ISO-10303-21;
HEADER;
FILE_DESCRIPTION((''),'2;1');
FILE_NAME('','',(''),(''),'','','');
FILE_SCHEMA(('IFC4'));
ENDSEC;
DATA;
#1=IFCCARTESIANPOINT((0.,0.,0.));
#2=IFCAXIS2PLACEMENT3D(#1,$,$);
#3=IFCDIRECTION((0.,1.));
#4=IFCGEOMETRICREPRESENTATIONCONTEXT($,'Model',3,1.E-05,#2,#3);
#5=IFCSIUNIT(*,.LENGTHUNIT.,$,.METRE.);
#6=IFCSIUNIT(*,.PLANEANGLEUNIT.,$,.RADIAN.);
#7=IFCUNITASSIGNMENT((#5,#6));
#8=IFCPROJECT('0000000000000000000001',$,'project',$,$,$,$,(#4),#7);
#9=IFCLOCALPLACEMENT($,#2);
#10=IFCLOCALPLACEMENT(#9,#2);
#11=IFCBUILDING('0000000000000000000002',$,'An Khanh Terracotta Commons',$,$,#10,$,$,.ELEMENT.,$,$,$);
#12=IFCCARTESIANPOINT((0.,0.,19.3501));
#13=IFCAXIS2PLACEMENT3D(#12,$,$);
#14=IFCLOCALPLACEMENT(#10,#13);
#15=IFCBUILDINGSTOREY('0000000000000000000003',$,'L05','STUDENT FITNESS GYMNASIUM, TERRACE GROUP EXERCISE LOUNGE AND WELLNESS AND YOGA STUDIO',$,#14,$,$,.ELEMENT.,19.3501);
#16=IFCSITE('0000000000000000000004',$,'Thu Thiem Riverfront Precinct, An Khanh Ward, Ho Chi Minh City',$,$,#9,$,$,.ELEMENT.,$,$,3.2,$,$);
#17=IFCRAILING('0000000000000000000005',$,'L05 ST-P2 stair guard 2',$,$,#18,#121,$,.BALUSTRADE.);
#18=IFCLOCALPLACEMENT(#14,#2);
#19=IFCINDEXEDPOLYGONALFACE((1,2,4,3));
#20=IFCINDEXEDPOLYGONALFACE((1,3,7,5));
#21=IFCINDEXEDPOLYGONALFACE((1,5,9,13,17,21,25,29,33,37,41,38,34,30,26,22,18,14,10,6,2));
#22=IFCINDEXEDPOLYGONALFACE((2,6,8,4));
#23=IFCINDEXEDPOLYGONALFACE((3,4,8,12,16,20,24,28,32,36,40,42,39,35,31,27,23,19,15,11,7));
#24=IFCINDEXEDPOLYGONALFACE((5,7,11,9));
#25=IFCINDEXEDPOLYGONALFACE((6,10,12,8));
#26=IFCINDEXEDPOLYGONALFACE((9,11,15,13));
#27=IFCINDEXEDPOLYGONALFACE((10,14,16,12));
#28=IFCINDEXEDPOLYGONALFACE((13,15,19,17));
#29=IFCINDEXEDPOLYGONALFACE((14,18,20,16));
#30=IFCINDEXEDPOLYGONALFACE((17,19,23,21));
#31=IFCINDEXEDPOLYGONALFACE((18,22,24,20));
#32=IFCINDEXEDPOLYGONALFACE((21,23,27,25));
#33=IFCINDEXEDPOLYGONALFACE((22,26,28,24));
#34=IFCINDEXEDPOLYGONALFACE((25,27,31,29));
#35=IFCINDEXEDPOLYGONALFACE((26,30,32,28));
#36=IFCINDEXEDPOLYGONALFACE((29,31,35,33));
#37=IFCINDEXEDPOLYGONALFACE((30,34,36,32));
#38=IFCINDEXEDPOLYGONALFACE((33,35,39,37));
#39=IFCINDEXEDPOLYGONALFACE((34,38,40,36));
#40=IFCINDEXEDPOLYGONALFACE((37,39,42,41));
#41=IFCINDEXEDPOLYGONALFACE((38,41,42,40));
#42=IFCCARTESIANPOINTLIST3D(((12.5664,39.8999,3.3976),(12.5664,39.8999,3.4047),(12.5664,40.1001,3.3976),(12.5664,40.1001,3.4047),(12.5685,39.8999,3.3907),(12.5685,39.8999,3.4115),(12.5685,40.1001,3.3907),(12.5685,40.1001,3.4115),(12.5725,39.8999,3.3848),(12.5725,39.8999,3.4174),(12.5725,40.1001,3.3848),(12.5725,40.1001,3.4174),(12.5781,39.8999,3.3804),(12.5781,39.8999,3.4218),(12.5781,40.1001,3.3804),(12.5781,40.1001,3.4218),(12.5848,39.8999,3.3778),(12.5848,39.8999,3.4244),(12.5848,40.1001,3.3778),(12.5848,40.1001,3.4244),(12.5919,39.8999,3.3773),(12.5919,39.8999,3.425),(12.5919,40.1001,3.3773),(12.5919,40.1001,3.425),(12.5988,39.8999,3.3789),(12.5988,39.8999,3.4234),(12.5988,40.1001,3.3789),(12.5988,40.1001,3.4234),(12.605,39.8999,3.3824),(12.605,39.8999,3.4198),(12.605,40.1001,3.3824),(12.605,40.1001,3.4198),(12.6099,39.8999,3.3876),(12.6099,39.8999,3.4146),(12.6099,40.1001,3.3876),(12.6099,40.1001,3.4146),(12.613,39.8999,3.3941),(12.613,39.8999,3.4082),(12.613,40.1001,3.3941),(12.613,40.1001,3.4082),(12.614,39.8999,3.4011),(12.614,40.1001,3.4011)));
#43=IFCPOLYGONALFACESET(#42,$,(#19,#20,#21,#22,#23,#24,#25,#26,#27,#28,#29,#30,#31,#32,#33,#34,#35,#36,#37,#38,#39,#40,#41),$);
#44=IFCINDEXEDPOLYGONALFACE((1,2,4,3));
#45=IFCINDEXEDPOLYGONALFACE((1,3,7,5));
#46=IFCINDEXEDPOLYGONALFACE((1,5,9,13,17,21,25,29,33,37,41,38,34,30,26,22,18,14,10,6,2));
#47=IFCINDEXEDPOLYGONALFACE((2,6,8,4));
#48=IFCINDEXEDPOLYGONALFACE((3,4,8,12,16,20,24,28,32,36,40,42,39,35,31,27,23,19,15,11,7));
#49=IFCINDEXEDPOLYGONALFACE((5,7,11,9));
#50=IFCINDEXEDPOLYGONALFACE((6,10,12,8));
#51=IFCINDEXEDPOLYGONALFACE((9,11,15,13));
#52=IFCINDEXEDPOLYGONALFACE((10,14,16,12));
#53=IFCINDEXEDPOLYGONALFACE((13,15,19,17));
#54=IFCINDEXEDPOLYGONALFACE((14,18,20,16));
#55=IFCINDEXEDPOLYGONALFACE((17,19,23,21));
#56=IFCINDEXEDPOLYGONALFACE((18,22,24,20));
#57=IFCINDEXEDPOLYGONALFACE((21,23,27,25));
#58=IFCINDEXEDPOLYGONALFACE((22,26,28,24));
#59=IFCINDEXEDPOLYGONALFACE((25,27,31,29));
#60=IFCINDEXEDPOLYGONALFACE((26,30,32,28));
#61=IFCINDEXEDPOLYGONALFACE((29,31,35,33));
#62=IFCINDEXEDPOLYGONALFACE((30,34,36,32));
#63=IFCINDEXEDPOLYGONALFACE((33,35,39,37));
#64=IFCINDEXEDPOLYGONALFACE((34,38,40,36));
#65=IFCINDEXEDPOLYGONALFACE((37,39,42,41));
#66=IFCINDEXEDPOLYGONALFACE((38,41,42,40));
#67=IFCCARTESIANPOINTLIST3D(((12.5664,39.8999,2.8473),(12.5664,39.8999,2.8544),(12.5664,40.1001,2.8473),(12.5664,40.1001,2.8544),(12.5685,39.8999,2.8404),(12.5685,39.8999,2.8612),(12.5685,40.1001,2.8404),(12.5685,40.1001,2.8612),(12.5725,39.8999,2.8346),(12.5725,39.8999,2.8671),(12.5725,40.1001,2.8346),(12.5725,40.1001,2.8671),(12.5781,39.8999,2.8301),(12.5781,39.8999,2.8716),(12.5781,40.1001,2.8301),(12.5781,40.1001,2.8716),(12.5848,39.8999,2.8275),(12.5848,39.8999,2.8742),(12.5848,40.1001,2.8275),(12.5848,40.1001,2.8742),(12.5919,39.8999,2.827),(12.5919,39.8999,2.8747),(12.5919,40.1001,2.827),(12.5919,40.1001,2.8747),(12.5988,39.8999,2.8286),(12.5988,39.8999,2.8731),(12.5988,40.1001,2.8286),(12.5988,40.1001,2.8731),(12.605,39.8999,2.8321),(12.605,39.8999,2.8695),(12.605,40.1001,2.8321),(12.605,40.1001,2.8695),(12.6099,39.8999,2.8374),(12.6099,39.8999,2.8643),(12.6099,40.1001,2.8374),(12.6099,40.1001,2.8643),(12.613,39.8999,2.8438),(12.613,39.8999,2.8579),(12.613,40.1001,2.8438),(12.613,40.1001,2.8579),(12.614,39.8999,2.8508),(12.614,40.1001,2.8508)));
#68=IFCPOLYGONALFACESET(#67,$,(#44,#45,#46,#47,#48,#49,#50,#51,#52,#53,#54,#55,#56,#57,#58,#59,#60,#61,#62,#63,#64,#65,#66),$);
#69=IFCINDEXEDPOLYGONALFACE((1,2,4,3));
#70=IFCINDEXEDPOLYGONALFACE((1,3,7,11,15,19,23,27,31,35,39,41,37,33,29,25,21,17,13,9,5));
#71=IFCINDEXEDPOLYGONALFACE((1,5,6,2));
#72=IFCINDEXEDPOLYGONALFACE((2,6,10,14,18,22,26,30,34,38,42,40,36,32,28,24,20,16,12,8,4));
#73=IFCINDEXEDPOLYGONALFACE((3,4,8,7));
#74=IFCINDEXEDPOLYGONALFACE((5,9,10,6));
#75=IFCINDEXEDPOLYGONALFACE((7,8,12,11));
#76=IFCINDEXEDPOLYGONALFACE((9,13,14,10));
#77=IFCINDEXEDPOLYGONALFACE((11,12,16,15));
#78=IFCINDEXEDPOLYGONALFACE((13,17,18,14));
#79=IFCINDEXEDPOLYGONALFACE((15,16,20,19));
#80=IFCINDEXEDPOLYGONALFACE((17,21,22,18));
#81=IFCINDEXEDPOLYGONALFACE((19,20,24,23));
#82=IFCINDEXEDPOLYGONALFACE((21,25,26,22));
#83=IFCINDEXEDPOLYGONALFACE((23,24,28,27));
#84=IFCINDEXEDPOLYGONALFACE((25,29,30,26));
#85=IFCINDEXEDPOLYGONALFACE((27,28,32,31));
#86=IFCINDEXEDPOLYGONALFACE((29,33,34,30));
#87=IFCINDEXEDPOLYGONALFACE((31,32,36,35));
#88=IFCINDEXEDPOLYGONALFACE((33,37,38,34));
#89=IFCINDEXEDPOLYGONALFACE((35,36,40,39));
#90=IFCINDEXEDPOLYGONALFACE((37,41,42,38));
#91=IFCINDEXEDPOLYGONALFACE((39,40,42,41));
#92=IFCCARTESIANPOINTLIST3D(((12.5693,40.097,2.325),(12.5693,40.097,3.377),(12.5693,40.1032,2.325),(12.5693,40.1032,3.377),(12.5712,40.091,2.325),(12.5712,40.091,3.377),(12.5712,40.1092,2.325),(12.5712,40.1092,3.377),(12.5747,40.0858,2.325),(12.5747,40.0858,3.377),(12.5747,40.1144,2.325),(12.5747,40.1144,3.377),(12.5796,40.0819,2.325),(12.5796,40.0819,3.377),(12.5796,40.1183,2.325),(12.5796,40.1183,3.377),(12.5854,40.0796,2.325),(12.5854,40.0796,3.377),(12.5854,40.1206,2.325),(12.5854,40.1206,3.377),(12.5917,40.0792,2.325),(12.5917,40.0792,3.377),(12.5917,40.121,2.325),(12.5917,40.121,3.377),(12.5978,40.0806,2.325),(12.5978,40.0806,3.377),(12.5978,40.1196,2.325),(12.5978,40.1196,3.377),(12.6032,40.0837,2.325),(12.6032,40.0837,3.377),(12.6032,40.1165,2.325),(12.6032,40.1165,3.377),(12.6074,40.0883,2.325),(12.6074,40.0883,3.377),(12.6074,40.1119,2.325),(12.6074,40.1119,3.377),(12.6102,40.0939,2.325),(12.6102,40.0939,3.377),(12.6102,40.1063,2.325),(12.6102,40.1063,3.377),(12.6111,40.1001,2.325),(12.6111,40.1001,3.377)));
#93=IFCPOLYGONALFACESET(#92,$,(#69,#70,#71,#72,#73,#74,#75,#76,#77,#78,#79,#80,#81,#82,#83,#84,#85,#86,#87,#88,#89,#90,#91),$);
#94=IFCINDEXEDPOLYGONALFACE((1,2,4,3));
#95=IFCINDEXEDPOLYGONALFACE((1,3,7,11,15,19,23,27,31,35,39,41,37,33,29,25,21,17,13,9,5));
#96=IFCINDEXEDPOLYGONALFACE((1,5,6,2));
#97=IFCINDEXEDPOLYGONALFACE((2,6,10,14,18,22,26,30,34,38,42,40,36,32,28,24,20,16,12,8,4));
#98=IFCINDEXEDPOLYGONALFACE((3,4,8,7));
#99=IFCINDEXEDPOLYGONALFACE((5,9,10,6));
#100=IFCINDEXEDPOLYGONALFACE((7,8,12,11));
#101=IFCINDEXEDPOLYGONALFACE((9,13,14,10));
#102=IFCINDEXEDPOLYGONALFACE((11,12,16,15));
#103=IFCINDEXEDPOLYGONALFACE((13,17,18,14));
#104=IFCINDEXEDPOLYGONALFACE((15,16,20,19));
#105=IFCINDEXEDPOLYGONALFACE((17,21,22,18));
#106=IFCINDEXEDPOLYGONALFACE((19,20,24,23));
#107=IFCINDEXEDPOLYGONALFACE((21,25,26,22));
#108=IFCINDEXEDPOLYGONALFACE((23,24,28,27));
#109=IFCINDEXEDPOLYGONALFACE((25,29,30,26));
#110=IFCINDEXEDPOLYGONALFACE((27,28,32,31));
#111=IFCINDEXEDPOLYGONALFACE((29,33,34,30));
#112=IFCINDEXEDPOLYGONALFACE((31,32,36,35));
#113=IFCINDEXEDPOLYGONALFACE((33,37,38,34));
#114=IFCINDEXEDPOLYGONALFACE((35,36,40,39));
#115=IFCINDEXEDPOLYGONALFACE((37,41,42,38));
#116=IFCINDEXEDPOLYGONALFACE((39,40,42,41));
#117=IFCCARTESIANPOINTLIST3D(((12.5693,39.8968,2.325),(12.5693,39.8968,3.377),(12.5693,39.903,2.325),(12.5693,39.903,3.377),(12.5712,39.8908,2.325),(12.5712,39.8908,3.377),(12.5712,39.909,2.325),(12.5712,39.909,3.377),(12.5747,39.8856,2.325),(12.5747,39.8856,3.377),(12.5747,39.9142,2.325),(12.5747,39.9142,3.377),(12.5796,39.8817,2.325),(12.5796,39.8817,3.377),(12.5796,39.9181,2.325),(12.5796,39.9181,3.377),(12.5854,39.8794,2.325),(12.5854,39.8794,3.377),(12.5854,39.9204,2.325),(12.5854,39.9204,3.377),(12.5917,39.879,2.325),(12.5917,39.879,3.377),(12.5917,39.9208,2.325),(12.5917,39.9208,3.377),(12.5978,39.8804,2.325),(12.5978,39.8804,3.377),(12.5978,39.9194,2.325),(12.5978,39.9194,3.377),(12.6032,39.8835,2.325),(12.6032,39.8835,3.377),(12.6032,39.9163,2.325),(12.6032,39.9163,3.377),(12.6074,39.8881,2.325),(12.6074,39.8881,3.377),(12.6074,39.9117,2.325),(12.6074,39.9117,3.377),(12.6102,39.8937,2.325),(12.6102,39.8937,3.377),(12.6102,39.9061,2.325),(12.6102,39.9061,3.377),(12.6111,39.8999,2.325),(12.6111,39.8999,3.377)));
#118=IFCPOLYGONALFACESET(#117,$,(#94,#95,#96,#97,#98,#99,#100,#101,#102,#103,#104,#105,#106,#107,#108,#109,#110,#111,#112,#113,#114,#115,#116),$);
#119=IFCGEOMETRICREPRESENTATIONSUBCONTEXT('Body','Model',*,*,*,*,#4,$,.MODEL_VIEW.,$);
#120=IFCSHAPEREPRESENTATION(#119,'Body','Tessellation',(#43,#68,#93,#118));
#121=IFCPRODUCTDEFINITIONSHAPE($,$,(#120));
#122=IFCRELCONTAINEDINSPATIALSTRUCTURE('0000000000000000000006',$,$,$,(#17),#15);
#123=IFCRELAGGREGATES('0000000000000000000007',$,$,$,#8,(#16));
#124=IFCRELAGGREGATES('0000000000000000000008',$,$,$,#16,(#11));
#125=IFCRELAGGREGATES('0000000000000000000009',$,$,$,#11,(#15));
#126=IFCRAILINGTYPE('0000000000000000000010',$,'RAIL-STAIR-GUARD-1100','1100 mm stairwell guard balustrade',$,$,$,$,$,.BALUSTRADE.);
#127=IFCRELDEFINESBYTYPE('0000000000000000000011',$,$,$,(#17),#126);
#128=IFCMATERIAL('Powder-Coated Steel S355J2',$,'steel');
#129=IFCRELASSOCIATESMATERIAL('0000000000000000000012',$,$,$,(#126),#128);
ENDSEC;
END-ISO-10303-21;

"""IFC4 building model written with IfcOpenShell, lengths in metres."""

from ifc_helpers import new_model, si_unit, direction, frame, origin, origin_2d, place, context, subcontext, project, spatial, circle, extrude, material, type_object, element, save


model = new_model("IFC4")

# Units and contexts
model_context = context("Model", 3, precision=1e-05, world=origin(), true_north=direction((0.0, 1.0)))
body_context = subcontext(model_context, "Body", "Model", "MODEL_VIEW")
ifc_project = project(units=[si_unit("LENGTHUNIT", "METRE"), si_unit("PLANEANGLEUNIT", "RADIAN")], contexts=[model_context])

# Site, building, storey
site_placement = place(None, origin())
site = spatial("IfcSite", under=ifc_project, at=site_placement, Name="Thu Thiem Riverfront Precinct, An Khanh Ward, Ho Chi Minh City", CompositionType="ELEMENT", RefElevation=3.2)
building_placement = place(site_placement, origin())
building = spatial("IfcBuilding", under=site, at=building_placement, Name="An Khanh Terracotta Commons", CompositionType="ELEMENT")
storey_placement = place(building_placement, frame((0.0, 0.0, 19.3501)))
storey = spatial("IfcBuildingStorey", under=building, at=storey_placement, Name="L05", Description="STUDENT FITNESS GYMNASIUM, TERRACE GROUP EXERCISE LOUNGE AND WELLNESS AND YOGA STUDIO", CompositionType="ELEMENT", Elevation=19.3501)

# Railing
ifc_material_1 = material(Name="Powder-Coated Steel S355J2", Category="steel")
railing_type_1 = type_object("IfcRailingType", Name="RAIL-STAIR-GUARD-1100", Description="1100 mm stairwell guard balustrade", PredefinedType="BALUSTRADE", material=ifc_material_1)
railing_1_placement = place(storey_placement, frame((12.5901, 40.1001, 2.325)))
element("IfcRailing", 1, at=railing_1_placement, inside=storey, type_object=railing_type_1, Name="L05 ST-P2 stair guard 2", PredefinedType="BALUSTRADE", context=body_context, shape_type="SweptSolid", body=[
    extrude(circle(Radius=0.0239, at=origin_2d()), frame((0.0, 0.0, 1.0762), z_axis=(0.0, -1.0, 0.0), x_axis=(1.0, 0.0, 0.0)), (0.0, 0.0, 1.0), 0.2002),
    extrude(circle(Radius=0.0239, at=origin_2d()), frame((0.0, 0.0, 0.5259), z_axis=(0.0, -1.0, 0.0), x_axis=(1.0, 0.0, 0.0)), (0.0, 0.0, 1.0), 0.2002),
    extrude(circle(Radius=0.021, at=origin_2d()), origin(), (0.0, 0.0, 1.0), 1.052),
    extrude(circle(Radius=0.021, at=origin_2d()), frame((0.0, -0.2002, 0.0)), (0.0, 0.0, 1.0), 1.052),
])

save(model, "model.ifc")
